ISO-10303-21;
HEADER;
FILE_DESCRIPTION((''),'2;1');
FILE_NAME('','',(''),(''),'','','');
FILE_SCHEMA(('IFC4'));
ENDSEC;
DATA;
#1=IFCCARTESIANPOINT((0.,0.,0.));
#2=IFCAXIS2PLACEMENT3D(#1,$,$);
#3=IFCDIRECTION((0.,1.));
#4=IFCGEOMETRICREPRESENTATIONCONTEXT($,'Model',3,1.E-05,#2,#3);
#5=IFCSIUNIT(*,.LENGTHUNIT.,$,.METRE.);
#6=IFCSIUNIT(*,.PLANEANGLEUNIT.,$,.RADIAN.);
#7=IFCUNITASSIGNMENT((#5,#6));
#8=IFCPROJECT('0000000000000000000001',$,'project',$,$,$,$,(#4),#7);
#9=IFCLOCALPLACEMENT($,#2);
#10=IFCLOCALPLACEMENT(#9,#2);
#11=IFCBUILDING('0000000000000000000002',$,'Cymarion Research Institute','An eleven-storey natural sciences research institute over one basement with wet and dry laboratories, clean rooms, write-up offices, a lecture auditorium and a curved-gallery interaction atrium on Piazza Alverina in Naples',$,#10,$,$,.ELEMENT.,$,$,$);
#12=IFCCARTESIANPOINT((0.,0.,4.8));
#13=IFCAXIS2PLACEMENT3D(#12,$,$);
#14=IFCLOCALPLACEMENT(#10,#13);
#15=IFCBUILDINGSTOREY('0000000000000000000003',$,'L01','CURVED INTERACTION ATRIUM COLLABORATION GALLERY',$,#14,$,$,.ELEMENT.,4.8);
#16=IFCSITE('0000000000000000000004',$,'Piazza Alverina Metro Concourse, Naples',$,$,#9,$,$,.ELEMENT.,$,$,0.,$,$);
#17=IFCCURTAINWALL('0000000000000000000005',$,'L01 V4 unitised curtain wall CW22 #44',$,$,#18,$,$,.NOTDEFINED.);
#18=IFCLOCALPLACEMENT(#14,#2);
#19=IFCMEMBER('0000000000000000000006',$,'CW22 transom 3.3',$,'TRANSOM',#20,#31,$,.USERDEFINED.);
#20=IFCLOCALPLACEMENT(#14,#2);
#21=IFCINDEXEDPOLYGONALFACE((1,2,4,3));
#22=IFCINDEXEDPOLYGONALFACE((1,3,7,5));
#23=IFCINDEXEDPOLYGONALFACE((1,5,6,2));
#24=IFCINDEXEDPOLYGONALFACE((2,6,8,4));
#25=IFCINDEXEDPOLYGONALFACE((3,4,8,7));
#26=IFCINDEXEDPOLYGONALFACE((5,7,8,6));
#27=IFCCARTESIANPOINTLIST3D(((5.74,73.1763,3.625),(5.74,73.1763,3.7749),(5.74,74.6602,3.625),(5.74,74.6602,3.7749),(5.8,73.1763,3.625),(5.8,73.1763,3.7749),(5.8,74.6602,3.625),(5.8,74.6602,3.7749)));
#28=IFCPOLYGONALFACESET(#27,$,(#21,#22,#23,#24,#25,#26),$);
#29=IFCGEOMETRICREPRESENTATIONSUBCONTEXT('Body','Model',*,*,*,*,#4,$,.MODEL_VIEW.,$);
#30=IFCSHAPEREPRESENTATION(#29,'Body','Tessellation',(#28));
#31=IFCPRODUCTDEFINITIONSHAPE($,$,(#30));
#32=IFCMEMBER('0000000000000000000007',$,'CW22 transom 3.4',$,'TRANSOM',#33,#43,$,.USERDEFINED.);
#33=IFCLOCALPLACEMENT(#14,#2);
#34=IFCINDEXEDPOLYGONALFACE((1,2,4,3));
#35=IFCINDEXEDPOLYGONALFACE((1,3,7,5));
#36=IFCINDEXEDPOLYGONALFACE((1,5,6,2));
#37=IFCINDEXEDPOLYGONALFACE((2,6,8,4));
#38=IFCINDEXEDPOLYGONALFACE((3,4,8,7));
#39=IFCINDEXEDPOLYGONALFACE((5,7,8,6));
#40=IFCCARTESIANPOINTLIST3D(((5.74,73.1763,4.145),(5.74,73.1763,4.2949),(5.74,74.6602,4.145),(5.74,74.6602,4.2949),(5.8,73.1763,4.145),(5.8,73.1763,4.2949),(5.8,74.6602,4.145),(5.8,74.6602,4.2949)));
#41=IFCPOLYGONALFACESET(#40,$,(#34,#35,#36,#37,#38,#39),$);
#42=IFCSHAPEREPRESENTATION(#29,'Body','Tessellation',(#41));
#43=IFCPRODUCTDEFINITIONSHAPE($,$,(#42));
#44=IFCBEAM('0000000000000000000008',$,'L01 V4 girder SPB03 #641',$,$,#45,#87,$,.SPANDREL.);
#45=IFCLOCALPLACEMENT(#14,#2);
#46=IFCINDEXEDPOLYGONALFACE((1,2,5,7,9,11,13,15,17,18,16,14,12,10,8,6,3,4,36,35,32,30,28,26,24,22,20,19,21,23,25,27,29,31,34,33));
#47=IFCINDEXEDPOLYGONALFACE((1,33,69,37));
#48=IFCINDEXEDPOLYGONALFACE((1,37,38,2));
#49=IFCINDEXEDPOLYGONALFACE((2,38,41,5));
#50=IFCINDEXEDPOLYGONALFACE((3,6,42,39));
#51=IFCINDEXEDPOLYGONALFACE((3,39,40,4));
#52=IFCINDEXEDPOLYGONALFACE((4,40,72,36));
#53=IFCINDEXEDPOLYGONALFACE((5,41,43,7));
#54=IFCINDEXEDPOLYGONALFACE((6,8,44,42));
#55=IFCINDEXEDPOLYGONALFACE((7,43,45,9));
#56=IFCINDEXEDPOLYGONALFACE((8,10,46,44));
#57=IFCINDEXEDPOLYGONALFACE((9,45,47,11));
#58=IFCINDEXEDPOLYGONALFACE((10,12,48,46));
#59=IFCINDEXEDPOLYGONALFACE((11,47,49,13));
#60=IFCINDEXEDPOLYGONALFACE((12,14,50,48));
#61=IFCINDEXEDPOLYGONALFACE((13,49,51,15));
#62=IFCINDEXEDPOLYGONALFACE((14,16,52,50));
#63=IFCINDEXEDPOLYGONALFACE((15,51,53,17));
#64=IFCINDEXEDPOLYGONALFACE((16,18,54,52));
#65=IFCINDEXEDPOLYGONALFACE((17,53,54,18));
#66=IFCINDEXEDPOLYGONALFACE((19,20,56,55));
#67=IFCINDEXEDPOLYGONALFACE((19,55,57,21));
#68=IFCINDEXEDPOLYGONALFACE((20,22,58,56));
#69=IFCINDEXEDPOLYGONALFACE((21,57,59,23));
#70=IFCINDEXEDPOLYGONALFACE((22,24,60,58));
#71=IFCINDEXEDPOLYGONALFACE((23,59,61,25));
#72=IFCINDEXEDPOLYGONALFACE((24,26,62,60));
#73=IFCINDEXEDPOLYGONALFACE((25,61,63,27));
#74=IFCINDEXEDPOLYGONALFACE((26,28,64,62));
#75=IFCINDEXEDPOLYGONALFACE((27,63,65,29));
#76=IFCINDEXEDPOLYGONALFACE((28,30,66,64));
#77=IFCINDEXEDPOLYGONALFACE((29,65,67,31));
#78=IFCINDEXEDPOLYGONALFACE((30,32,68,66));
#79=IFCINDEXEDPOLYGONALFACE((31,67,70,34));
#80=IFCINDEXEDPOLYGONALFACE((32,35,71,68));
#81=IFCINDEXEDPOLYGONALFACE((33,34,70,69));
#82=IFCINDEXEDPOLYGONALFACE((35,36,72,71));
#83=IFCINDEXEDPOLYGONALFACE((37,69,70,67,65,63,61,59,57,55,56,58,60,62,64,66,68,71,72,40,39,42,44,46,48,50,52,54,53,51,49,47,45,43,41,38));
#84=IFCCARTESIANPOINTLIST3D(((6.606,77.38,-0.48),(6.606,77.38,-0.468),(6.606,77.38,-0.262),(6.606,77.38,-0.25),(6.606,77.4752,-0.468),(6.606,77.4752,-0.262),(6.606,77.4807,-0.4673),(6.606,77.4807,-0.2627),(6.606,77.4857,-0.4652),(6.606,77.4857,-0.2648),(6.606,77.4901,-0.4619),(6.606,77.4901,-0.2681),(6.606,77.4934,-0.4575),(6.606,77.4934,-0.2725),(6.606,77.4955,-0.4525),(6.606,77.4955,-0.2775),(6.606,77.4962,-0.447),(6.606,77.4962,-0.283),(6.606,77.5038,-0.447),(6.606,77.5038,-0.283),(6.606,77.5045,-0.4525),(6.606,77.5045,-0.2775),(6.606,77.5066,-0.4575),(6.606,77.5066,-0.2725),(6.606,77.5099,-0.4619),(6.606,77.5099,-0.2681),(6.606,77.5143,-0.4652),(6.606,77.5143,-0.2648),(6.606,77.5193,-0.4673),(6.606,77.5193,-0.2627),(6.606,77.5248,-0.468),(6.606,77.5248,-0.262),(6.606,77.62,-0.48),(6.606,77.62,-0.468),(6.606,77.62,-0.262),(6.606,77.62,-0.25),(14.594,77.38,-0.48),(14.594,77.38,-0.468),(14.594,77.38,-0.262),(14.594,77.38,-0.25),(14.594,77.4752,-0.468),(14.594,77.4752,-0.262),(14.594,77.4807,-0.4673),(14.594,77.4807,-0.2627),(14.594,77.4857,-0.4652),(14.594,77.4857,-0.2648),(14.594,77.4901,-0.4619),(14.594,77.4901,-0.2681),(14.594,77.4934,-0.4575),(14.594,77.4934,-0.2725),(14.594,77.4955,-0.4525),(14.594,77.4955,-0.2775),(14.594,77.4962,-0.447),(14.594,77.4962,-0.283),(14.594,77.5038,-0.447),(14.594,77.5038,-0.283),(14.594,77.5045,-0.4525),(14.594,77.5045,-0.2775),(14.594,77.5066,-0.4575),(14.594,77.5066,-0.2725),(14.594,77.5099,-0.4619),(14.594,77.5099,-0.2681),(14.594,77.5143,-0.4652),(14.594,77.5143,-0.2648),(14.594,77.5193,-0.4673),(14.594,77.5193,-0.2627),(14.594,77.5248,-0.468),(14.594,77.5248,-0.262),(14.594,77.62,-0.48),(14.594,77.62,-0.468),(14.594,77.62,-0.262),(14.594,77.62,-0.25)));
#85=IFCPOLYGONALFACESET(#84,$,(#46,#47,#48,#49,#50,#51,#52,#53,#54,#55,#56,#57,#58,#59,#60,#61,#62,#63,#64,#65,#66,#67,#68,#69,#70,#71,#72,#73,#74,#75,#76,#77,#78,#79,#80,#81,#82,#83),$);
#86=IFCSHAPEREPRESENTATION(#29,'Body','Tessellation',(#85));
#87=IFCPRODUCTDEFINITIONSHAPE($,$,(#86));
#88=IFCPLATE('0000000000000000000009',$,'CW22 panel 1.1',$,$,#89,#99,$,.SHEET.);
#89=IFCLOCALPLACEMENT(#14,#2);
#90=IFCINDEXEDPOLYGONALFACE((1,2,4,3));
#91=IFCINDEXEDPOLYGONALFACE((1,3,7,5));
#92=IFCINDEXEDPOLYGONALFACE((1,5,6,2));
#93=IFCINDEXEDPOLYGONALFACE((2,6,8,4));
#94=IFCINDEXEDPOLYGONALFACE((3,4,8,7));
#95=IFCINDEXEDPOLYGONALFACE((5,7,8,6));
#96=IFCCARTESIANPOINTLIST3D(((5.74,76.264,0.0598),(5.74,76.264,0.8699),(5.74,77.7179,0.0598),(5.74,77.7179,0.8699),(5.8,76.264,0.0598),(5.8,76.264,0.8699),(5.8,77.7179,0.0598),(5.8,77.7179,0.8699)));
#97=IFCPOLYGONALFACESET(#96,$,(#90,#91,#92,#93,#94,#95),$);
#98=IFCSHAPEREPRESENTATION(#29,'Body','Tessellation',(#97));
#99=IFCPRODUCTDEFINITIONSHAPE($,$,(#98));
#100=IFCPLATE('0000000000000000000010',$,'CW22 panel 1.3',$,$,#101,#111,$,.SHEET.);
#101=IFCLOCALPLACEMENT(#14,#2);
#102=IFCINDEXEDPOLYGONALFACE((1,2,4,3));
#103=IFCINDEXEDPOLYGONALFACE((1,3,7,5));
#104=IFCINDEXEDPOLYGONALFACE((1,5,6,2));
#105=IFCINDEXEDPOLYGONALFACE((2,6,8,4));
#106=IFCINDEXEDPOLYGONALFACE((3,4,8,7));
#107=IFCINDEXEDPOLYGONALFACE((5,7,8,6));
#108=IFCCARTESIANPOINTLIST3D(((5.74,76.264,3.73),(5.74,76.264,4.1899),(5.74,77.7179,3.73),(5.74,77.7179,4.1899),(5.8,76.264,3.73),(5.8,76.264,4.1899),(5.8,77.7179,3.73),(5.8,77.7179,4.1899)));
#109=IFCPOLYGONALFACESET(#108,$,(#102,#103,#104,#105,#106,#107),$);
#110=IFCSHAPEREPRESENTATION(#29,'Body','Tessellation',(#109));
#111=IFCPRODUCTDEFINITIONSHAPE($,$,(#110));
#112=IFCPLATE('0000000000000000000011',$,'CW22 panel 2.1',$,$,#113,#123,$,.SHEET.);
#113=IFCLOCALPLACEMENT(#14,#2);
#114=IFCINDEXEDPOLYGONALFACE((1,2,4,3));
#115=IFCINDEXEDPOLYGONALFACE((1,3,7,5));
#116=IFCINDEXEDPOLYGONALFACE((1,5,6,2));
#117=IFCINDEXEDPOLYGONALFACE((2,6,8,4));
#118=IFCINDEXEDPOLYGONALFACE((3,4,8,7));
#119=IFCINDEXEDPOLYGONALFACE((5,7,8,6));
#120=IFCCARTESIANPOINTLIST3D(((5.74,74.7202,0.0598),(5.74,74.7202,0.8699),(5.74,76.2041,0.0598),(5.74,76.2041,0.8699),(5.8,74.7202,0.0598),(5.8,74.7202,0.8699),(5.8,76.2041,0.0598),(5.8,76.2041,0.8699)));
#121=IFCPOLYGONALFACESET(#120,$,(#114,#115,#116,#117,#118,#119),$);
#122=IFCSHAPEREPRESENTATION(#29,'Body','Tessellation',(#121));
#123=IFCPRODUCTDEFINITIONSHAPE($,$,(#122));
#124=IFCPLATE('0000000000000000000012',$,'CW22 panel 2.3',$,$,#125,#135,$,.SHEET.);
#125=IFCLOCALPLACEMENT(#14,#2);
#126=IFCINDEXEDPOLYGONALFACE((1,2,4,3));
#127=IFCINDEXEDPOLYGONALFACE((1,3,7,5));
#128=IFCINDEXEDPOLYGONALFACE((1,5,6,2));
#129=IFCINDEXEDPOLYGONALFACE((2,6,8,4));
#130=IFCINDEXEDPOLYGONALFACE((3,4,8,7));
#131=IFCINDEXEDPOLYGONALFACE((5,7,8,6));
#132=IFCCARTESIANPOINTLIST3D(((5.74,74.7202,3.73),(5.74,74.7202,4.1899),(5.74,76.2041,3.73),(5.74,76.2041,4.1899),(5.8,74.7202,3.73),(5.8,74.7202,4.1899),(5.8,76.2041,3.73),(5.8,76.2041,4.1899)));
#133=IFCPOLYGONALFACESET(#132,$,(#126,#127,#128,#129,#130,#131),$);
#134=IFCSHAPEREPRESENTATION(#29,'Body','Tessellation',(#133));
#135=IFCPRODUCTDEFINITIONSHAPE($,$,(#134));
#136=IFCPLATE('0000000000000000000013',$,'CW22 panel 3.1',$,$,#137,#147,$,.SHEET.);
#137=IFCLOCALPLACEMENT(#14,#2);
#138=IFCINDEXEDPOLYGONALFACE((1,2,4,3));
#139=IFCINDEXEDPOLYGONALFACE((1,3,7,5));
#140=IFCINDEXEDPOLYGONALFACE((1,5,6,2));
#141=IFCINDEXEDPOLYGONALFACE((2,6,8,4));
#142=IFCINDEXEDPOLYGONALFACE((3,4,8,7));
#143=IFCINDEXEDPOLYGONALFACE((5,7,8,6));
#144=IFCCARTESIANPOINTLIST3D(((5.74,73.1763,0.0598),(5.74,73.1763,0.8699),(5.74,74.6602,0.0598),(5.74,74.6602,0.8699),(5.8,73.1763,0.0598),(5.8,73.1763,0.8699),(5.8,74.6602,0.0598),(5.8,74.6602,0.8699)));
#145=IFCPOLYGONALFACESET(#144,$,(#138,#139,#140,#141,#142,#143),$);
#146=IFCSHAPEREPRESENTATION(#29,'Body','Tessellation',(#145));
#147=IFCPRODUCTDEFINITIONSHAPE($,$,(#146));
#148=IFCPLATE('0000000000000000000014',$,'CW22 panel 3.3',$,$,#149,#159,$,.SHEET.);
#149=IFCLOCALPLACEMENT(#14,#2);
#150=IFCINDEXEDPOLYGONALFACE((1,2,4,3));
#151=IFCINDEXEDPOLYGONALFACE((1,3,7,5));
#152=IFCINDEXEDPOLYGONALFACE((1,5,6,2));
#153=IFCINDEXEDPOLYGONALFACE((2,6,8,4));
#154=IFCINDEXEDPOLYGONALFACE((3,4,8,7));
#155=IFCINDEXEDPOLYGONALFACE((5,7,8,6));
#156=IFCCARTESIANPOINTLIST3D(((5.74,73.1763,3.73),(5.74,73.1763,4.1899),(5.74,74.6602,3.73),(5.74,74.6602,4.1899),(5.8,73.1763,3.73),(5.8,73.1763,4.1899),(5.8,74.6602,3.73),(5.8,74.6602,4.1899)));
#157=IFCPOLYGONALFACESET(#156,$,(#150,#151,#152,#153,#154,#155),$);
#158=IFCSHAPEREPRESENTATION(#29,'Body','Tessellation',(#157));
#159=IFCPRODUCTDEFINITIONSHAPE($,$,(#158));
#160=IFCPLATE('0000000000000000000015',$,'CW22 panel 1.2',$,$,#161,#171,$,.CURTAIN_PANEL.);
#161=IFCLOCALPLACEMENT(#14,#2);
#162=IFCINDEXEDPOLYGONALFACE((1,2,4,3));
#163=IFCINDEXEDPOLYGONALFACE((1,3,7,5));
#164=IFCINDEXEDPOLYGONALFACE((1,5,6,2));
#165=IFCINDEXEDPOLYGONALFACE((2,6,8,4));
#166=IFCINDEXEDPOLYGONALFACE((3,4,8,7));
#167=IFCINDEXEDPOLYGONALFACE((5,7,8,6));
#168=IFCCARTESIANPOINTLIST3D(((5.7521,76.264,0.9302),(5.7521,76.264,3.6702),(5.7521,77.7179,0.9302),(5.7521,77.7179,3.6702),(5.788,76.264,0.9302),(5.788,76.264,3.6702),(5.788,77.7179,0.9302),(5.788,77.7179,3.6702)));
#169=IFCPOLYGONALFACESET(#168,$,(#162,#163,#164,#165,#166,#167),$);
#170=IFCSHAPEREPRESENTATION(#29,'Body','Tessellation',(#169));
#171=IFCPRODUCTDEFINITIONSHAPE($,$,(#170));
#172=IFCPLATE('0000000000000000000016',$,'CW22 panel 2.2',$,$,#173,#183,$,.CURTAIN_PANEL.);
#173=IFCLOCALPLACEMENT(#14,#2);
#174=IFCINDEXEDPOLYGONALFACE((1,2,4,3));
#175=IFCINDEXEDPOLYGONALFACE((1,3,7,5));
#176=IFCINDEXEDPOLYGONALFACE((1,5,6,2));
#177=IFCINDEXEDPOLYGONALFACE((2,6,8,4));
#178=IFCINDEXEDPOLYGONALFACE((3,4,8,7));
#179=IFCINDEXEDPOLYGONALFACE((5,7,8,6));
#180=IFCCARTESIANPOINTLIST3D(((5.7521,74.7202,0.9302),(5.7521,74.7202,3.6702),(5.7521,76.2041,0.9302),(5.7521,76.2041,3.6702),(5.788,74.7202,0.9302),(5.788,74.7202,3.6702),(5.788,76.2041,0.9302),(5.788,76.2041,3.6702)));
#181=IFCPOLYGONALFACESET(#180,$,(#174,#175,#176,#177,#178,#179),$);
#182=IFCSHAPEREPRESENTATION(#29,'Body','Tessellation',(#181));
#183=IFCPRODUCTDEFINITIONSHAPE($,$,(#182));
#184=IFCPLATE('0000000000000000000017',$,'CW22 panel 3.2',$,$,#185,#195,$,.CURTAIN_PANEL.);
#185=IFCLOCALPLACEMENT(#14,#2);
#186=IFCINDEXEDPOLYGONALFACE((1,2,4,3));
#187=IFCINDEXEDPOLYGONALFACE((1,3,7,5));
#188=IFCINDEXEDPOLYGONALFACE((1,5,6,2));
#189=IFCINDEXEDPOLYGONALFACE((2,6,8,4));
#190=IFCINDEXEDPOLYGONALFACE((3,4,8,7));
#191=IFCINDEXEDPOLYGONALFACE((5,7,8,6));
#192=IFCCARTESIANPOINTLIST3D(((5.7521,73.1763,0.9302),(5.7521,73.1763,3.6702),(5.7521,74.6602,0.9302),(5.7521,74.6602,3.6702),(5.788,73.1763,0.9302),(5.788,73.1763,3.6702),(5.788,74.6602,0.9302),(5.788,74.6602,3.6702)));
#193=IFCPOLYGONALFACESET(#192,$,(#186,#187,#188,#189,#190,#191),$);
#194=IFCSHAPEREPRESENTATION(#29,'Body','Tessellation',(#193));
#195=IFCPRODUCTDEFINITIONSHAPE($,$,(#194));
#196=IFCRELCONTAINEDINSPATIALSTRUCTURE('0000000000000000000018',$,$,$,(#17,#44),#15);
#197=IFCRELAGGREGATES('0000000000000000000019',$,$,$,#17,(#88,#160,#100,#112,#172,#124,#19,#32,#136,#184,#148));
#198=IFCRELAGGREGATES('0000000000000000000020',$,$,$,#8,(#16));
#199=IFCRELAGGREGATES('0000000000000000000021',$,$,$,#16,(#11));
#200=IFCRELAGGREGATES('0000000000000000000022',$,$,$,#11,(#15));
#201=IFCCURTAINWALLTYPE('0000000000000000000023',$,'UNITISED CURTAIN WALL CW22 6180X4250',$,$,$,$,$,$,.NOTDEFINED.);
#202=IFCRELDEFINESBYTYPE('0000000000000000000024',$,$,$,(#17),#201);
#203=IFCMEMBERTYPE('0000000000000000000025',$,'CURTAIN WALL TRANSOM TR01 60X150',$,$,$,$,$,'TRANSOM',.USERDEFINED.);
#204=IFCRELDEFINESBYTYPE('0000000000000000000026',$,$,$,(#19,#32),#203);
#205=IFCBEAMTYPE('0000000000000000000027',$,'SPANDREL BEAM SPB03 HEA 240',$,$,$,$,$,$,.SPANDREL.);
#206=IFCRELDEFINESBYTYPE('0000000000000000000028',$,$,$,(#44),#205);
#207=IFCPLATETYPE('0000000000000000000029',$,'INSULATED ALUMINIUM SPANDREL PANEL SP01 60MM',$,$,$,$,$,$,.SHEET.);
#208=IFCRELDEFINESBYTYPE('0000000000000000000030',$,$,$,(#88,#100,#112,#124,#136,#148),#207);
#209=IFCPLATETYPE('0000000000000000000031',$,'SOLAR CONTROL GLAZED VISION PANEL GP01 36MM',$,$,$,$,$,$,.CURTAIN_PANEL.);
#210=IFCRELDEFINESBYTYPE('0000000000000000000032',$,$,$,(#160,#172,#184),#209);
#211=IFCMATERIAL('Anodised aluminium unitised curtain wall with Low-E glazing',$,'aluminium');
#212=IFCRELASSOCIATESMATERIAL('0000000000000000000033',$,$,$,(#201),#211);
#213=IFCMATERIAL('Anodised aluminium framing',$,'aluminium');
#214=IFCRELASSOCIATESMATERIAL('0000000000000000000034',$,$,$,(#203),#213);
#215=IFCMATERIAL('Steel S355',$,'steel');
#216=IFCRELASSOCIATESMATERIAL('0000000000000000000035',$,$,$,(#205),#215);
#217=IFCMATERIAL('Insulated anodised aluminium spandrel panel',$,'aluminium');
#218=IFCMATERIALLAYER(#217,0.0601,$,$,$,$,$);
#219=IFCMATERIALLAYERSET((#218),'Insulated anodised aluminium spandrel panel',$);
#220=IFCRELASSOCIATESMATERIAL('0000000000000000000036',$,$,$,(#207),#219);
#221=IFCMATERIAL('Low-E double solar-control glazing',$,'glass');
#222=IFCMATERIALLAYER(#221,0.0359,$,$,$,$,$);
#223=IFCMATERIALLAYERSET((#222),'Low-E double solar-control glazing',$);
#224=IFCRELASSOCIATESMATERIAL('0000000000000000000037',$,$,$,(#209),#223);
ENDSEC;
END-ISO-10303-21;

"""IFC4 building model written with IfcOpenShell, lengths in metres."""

from ifc_helpers import new_model, si_unit, direction, frame, origin, origin_2d, place, context, subcontext, project, spatial, rectangle, i_section, extrude, material, layer, layer_set, material_profile, profile_set, type_object, element, aggregate, save


model = new_model("IFC4")

# Units and contexts
model_context = context("Model", 3, precision=1e-05, world=origin(), true_north=direction((0.0, 1.0)))
body_context = subcontext(model_context, "Body", "Model", "MODEL_VIEW")
ifc_project = project(units=[si_unit("LENGTHUNIT", "METRE"), si_unit("PLANEANGLEUNIT", "RADIAN")], contexts=[model_context])

# Site, building, storey
site_placement = place(None, origin())
site = spatial("IfcSite", under=ifc_project, at=site_placement, Name="Piazza Alverina Metro Concourse, Naples", CompositionType="ELEMENT", RefElevation=0.0)
building_placement = place(site_placement, origin())
building = spatial("IfcBuilding", under=site, at=building_placement, Name="Cymarion Research Institute", Description="An eleven-storey natural sciences research institute over one basement with wet and dry laboratories, clean rooms, write-up offices, a lecture auditorium and a curved-gallery interaction atrium on Piazza Alverina in Naples", CompositionType="ELEMENT")
storey_placement = place(building_placement, frame((0.0, 0.0, 4.8)))
storey = spatial("IfcBuildingStorey", under=building, at=storey_placement, Name="L01", Description="CURVED INTERACTION ATRIUM COLLABORATION GALLERY", CompositionType="ELEMENT", Elevation=4.8)

# Shared definitions
ifc_material_1 = material(Name="Steel S355", Category="steel")

# Curtain wall, members
ifc_material_2 = material(Name="Anodised aluminium unitised curtain wall with Low-E glazing", Category="aluminium")
curtain_wall_type = type_object("IfcCurtainWallType", Name="UNITISED CURTAIN WALL CW22 6180X4250", PredefinedType="NOTDEFINED", material=ifc_material_2)
curtain_wall_placement = place(storey_placement, origin())
curtain_wall = element("IfcCurtainWall", 1, at=curtain_wall_placement, inside=storey, type_object=curtain_wall_type, Name="L01 V4 unitised curtain wall CW22 #44", PredefinedType="NOTDEFINED")
ifc_material_3 = material(Name="Anodised aluminium framing", Category="aluminium")
ifc_material_profile_1 = material_profile(ifc_material_3, rectangle(XDim=0.0601, YDim=0.1499, at=origin_2d()), Name="ALU TRANSOM 60x150")
ifc_profile_set_1 = profile_set([ifc_material_profile_1], Name="Anodised aluminium framing")
member_type_1 = type_object("IfcMemberType", Name="CURTAIN WALL TRANSOM TR01 60X150", ElementType="TRANSOM", PredefinedType="USERDEFINED", material=ifc_profile_set_1)
member_1_placement = place(storey_placement, frame((5.77, 74.6602, 3.7), z_axis=(0.0, -1.0, 0.0), x_axis=(1.0, 0.0, 0.0)))
member_1 = element("IfcMember", 2, at=member_1_placement, type_object=member_type_1, Name="CW22 transom 3.3", ObjectType="TRANSOM", PredefinedType="USERDEFINED", context=body_context, shape_type="SweptSolid", body=[
    extrude(rectangle(XDim=0.0601, YDim=0.1499, at=origin_2d()), origin(), (0.0, 0.0, 1.0), 1.4839),
])
member_2_placement = place(storey_placement, frame((5.77, 74.6602, 4.22), z_axis=(0.0, -1.0, 0.0), x_axis=(1.0, 0.0, 0.0)))
member_2 = element("IfcMember", 3, at=member_2_placement, type_object=member_type_1, Name="CW22 transom 3.4", ObjectType="TRANSOM", PredefinedType="USERDEFINED", context=body_context, shape_type="SweptSolid", body=[
    extrude(rectangle(XDim=0.0601, YDim=0.1499, at=origin_2d()), origin(), (0.0, 0.0, 1.0), 1.4839),
])

# Beam
ifc_material_profile_2 = material_profile(ifc_material_1, i_section(OverallWidth=0.24, OverallDepth=0.23, WebThickness=0.0076, FlangeThickness=0.012, FilletRadius=0.021, at=origin_2d()), Name="HEA 240")
ifc_profile_set_2 = profile_set([ifc_material_profile_2], Name="Steel S355")
beam_type = type_object("IfcBeamType", Name="SPANDREL BEAM SPB03 HEA 240", PredefinedType="SPANDREL", material=ifc_profile_set_2)
beam_placement = place(storey_placement, frame((6.606, 77.5, -0.365), z_axis=(1.0, 0.0, 0.0), x_axis=(0.0, 1.0, 0.0)))
element("IfcBeam", 4, at=beam_placement, inside=storey, type_object=beam_type, Name="L01 V4 girder SPB03 #641", PredefinedType="SPANDREL", context=body_context, shape_type="SweptSolid", body=[
    extrude(i_section(OverallWidth=0.24, OverallDepth=0.23, WebThickness=0.0076, FlangeThickness=0.012, FilletRadius=0.021, at=origin_2d()), origin(), (0.0, 0.0, 1.0), 7.988),
])

# Plates
ifc_material_4 = material(Name="Insulated anodised aluminium spandrel panel", Category="aluminium")
ifc_layer_1 = layer(ifc_material_4, 0.0601)
ifc_layer_set_1 = layer_set([ifc_layer_1], Name="Insulated anodised aluminium spandrel panel")
plate_type_1 = type_object("IfcPlateType", Name="INSULATED ALUMINIUM SPANDREL PANEL SP01 60MM", PredefinedType="SHEET", material=ifc_layer_set_1)
plate_1_placement = place(storey_placement, frame((5.77, 76.991, 0.0598), z_axis=(0.0, 0.0, 1.0), x_axis=(0.0, -1.0, 0.0)))
plate_1 = element("IfcPlate", 5, at=plate_1_placement, type_object=plate_type_1, Name="CW22 panel 1.1", PredefinedType="SHEET", context=body_context, shape_type="SweptSolid", body=[
    extrude(rectangle(XDim=1.4539, YDim=0.0601, at=origin_2d()), origin(), (0.0, 0.0, 1.0), 0.8101),
])
plate_2_placement = place(storey_placement, frame((5.77, 76.991, 3.73), z_axis=(0.0, 0.0, 1.0), x_axis=(0.0, -1.0, 0.0)))
plate_2 = element("IfcPlate", 6, at=plate_2_placement, type_object=plate_type_1, Name="CW22 panel 1.3", PredefinedType="SHEET", context=body_context, shape_type="SweptSolid", body=[
    extrude(rectangle(XDim=1.4539, YDim=0.0601, at=origin_2d()), origin(), (0.0, 0.0, 1.0), 0.46),
])
plate_3_placement = place(storey_placement, frame((5.77, 75.4622, 0.0598), z_axis=(0.0, 0.0, 1.0), x_axis=(0.0, -1.0, 0.0)))
plate_3 = element("IfcPlate", 7, at=plate_3_placement, type_object=plate_type_1, Name="CW22 panel 2.1", PredefinedType="SHEET", context=body_context, shape_type="SweptSolid", body=[
    extrude(rectangle(XDim=1.4839, YDim=0.0601, at=origin_2d()), origin(), (0.0, 0.0, 1.0), 0.8101),
])
plate_4_placement = place(storey_placement, frame((5.77, 75.4622, 3.73), z_axis=(0.0, 0.0, 1.0), x_axis=(0.0, -1.0, 0.0)))
plate_4 = element("IfcPlate", 8, at=plate_4_placement, type_object=plate_type_1, Name="CW22 panel 2.3", PredefinedType="SHEET", context=body_context, shape_type="SweptSolid", body=[
    extrude(rectangle(XDim=1.4839, YDim=0.0601, at=origin_2d()), origin(), (0.0, 0.0, 1.0), 0.46),
])
plate_5_placement = place(storey_placement, frame((5.77, 73.9182, 0.0598), z_axis=(0.0, 0.0, 1.0), x_axis=(0.0, -1.0, 0.0)))
plate_5 = element("IfcPlate", 9, at=plate_5_placement, type_object=plate_type_1, Name="CW22 panel 3.1", PredefinedType="SHEET", context=body_context, shape_type="SweptSolid", body=[
    extrude(rectangle(XDim=1.4839, YDim=0.0601, at=origin_2d()), origin(), (0.0, 0.0, 1.0), 0.8101),
])
plate_6_placement = place(storey_placement, frame((5.77, 73.9182, 3.73), z_axis=(0.0, 0.0, 1.0), x_axis=(0.0, -1.0, 0.0)))
plate_6 = element("IfcPlate", 10, at=plate_6_placement, type_object=plate_type_1, Name="CW22 panel 3.3", PredefinedType="SHEET", context=body_context, shape_type="SweptSolid", body=[
    extrude(rectangle(XDim=1.4839, YDim=0.0601, at=origin_2d()), origin(), (0.0, 0.0, 1.0), 0.46),
])
ifc_material_5 = material(Name="Low-E double solar-control glazing", Category="glass")
ifc_layer_2 = layer(ifc_material_5, 0.0359)
ifc_layer_set_2 = layer_set([ifc_layer_2], Name="Low-E double solar-control glazing")
plate_type_2 = type_object("IfcPlateType", Name="SOLAR CONTROL GLAZED VISION PANEL GP01 36MM", PredefinedType="CURTAIN_PANEL", material=ifc_layer_set_2)
plate_7_placement = place(storey_placement, frame((5.77, 76.991, 0.9302), z_axis=(0.0, 0.0, 1.0), x_axis=(0.0, -1.0, 0.0)))
plate_7 = element("IfcPlate", 11, at=plate_7_placement, type_object=plate_type_2, Name="CW22 panel 1.2", PredefinedType="CURTAIN_PANEL", context=body_context, shape_type="SweptSolid", body=[
    extrude(rectangle(XDim=1.4539, YDim=0.0359, at=origin_2d()), origin(), (0.0, 0.0, 1.0), 2.74),
])
plate_8_placement = place(storey_placement, frame((5.77, 75.4622, 0.9302), z_axis=(0.0, 0.0, 1.0), x_axis=(0.0, -1.0, 0.0)))
plate_8 = element("IfcPlate", 12, at=plate_8_placement, type_object=plate_type_2, Name="CW22 panel 2.2", PredefinedType="CURTAIN_PANEL", context=body_context, shape_type="SweptSolid", body=[
    extrude(rectangle(XDim=1.4839, YDim=0.0359, at=origin_2d()), origin(), (0.0, 0.0, 1.0), 2.74),
])
plate_9_placement = place(storey_placement, frame((5.77, 73.9182, 0.9302), z_axis=(0.0, 0.0, 1.0), x_axis=(0.0, -1.0, 0.0)))
plate_9 = element("IfcPlate", 13, at=plate_9_placement, type_object=plate_type_2, Name="CW22 panel 3.2", PredefinedType="CURTAIN_PANEL", context=body_context, shape_type="SweptSolid", body=[
    extrude(rectangle(XDim=1.4839, YDim=0.0359, at=origin_2d()), origin(), (0.0, 0.0, 1.0), 2.74),
])
aggregate(curtain_wall, [plate_1, plate_7, plate_2, plate_3, plate_8, plate_4, member_1, member_2, plate_5, plate_9, plate_6])

save(model, "model.ifc")
